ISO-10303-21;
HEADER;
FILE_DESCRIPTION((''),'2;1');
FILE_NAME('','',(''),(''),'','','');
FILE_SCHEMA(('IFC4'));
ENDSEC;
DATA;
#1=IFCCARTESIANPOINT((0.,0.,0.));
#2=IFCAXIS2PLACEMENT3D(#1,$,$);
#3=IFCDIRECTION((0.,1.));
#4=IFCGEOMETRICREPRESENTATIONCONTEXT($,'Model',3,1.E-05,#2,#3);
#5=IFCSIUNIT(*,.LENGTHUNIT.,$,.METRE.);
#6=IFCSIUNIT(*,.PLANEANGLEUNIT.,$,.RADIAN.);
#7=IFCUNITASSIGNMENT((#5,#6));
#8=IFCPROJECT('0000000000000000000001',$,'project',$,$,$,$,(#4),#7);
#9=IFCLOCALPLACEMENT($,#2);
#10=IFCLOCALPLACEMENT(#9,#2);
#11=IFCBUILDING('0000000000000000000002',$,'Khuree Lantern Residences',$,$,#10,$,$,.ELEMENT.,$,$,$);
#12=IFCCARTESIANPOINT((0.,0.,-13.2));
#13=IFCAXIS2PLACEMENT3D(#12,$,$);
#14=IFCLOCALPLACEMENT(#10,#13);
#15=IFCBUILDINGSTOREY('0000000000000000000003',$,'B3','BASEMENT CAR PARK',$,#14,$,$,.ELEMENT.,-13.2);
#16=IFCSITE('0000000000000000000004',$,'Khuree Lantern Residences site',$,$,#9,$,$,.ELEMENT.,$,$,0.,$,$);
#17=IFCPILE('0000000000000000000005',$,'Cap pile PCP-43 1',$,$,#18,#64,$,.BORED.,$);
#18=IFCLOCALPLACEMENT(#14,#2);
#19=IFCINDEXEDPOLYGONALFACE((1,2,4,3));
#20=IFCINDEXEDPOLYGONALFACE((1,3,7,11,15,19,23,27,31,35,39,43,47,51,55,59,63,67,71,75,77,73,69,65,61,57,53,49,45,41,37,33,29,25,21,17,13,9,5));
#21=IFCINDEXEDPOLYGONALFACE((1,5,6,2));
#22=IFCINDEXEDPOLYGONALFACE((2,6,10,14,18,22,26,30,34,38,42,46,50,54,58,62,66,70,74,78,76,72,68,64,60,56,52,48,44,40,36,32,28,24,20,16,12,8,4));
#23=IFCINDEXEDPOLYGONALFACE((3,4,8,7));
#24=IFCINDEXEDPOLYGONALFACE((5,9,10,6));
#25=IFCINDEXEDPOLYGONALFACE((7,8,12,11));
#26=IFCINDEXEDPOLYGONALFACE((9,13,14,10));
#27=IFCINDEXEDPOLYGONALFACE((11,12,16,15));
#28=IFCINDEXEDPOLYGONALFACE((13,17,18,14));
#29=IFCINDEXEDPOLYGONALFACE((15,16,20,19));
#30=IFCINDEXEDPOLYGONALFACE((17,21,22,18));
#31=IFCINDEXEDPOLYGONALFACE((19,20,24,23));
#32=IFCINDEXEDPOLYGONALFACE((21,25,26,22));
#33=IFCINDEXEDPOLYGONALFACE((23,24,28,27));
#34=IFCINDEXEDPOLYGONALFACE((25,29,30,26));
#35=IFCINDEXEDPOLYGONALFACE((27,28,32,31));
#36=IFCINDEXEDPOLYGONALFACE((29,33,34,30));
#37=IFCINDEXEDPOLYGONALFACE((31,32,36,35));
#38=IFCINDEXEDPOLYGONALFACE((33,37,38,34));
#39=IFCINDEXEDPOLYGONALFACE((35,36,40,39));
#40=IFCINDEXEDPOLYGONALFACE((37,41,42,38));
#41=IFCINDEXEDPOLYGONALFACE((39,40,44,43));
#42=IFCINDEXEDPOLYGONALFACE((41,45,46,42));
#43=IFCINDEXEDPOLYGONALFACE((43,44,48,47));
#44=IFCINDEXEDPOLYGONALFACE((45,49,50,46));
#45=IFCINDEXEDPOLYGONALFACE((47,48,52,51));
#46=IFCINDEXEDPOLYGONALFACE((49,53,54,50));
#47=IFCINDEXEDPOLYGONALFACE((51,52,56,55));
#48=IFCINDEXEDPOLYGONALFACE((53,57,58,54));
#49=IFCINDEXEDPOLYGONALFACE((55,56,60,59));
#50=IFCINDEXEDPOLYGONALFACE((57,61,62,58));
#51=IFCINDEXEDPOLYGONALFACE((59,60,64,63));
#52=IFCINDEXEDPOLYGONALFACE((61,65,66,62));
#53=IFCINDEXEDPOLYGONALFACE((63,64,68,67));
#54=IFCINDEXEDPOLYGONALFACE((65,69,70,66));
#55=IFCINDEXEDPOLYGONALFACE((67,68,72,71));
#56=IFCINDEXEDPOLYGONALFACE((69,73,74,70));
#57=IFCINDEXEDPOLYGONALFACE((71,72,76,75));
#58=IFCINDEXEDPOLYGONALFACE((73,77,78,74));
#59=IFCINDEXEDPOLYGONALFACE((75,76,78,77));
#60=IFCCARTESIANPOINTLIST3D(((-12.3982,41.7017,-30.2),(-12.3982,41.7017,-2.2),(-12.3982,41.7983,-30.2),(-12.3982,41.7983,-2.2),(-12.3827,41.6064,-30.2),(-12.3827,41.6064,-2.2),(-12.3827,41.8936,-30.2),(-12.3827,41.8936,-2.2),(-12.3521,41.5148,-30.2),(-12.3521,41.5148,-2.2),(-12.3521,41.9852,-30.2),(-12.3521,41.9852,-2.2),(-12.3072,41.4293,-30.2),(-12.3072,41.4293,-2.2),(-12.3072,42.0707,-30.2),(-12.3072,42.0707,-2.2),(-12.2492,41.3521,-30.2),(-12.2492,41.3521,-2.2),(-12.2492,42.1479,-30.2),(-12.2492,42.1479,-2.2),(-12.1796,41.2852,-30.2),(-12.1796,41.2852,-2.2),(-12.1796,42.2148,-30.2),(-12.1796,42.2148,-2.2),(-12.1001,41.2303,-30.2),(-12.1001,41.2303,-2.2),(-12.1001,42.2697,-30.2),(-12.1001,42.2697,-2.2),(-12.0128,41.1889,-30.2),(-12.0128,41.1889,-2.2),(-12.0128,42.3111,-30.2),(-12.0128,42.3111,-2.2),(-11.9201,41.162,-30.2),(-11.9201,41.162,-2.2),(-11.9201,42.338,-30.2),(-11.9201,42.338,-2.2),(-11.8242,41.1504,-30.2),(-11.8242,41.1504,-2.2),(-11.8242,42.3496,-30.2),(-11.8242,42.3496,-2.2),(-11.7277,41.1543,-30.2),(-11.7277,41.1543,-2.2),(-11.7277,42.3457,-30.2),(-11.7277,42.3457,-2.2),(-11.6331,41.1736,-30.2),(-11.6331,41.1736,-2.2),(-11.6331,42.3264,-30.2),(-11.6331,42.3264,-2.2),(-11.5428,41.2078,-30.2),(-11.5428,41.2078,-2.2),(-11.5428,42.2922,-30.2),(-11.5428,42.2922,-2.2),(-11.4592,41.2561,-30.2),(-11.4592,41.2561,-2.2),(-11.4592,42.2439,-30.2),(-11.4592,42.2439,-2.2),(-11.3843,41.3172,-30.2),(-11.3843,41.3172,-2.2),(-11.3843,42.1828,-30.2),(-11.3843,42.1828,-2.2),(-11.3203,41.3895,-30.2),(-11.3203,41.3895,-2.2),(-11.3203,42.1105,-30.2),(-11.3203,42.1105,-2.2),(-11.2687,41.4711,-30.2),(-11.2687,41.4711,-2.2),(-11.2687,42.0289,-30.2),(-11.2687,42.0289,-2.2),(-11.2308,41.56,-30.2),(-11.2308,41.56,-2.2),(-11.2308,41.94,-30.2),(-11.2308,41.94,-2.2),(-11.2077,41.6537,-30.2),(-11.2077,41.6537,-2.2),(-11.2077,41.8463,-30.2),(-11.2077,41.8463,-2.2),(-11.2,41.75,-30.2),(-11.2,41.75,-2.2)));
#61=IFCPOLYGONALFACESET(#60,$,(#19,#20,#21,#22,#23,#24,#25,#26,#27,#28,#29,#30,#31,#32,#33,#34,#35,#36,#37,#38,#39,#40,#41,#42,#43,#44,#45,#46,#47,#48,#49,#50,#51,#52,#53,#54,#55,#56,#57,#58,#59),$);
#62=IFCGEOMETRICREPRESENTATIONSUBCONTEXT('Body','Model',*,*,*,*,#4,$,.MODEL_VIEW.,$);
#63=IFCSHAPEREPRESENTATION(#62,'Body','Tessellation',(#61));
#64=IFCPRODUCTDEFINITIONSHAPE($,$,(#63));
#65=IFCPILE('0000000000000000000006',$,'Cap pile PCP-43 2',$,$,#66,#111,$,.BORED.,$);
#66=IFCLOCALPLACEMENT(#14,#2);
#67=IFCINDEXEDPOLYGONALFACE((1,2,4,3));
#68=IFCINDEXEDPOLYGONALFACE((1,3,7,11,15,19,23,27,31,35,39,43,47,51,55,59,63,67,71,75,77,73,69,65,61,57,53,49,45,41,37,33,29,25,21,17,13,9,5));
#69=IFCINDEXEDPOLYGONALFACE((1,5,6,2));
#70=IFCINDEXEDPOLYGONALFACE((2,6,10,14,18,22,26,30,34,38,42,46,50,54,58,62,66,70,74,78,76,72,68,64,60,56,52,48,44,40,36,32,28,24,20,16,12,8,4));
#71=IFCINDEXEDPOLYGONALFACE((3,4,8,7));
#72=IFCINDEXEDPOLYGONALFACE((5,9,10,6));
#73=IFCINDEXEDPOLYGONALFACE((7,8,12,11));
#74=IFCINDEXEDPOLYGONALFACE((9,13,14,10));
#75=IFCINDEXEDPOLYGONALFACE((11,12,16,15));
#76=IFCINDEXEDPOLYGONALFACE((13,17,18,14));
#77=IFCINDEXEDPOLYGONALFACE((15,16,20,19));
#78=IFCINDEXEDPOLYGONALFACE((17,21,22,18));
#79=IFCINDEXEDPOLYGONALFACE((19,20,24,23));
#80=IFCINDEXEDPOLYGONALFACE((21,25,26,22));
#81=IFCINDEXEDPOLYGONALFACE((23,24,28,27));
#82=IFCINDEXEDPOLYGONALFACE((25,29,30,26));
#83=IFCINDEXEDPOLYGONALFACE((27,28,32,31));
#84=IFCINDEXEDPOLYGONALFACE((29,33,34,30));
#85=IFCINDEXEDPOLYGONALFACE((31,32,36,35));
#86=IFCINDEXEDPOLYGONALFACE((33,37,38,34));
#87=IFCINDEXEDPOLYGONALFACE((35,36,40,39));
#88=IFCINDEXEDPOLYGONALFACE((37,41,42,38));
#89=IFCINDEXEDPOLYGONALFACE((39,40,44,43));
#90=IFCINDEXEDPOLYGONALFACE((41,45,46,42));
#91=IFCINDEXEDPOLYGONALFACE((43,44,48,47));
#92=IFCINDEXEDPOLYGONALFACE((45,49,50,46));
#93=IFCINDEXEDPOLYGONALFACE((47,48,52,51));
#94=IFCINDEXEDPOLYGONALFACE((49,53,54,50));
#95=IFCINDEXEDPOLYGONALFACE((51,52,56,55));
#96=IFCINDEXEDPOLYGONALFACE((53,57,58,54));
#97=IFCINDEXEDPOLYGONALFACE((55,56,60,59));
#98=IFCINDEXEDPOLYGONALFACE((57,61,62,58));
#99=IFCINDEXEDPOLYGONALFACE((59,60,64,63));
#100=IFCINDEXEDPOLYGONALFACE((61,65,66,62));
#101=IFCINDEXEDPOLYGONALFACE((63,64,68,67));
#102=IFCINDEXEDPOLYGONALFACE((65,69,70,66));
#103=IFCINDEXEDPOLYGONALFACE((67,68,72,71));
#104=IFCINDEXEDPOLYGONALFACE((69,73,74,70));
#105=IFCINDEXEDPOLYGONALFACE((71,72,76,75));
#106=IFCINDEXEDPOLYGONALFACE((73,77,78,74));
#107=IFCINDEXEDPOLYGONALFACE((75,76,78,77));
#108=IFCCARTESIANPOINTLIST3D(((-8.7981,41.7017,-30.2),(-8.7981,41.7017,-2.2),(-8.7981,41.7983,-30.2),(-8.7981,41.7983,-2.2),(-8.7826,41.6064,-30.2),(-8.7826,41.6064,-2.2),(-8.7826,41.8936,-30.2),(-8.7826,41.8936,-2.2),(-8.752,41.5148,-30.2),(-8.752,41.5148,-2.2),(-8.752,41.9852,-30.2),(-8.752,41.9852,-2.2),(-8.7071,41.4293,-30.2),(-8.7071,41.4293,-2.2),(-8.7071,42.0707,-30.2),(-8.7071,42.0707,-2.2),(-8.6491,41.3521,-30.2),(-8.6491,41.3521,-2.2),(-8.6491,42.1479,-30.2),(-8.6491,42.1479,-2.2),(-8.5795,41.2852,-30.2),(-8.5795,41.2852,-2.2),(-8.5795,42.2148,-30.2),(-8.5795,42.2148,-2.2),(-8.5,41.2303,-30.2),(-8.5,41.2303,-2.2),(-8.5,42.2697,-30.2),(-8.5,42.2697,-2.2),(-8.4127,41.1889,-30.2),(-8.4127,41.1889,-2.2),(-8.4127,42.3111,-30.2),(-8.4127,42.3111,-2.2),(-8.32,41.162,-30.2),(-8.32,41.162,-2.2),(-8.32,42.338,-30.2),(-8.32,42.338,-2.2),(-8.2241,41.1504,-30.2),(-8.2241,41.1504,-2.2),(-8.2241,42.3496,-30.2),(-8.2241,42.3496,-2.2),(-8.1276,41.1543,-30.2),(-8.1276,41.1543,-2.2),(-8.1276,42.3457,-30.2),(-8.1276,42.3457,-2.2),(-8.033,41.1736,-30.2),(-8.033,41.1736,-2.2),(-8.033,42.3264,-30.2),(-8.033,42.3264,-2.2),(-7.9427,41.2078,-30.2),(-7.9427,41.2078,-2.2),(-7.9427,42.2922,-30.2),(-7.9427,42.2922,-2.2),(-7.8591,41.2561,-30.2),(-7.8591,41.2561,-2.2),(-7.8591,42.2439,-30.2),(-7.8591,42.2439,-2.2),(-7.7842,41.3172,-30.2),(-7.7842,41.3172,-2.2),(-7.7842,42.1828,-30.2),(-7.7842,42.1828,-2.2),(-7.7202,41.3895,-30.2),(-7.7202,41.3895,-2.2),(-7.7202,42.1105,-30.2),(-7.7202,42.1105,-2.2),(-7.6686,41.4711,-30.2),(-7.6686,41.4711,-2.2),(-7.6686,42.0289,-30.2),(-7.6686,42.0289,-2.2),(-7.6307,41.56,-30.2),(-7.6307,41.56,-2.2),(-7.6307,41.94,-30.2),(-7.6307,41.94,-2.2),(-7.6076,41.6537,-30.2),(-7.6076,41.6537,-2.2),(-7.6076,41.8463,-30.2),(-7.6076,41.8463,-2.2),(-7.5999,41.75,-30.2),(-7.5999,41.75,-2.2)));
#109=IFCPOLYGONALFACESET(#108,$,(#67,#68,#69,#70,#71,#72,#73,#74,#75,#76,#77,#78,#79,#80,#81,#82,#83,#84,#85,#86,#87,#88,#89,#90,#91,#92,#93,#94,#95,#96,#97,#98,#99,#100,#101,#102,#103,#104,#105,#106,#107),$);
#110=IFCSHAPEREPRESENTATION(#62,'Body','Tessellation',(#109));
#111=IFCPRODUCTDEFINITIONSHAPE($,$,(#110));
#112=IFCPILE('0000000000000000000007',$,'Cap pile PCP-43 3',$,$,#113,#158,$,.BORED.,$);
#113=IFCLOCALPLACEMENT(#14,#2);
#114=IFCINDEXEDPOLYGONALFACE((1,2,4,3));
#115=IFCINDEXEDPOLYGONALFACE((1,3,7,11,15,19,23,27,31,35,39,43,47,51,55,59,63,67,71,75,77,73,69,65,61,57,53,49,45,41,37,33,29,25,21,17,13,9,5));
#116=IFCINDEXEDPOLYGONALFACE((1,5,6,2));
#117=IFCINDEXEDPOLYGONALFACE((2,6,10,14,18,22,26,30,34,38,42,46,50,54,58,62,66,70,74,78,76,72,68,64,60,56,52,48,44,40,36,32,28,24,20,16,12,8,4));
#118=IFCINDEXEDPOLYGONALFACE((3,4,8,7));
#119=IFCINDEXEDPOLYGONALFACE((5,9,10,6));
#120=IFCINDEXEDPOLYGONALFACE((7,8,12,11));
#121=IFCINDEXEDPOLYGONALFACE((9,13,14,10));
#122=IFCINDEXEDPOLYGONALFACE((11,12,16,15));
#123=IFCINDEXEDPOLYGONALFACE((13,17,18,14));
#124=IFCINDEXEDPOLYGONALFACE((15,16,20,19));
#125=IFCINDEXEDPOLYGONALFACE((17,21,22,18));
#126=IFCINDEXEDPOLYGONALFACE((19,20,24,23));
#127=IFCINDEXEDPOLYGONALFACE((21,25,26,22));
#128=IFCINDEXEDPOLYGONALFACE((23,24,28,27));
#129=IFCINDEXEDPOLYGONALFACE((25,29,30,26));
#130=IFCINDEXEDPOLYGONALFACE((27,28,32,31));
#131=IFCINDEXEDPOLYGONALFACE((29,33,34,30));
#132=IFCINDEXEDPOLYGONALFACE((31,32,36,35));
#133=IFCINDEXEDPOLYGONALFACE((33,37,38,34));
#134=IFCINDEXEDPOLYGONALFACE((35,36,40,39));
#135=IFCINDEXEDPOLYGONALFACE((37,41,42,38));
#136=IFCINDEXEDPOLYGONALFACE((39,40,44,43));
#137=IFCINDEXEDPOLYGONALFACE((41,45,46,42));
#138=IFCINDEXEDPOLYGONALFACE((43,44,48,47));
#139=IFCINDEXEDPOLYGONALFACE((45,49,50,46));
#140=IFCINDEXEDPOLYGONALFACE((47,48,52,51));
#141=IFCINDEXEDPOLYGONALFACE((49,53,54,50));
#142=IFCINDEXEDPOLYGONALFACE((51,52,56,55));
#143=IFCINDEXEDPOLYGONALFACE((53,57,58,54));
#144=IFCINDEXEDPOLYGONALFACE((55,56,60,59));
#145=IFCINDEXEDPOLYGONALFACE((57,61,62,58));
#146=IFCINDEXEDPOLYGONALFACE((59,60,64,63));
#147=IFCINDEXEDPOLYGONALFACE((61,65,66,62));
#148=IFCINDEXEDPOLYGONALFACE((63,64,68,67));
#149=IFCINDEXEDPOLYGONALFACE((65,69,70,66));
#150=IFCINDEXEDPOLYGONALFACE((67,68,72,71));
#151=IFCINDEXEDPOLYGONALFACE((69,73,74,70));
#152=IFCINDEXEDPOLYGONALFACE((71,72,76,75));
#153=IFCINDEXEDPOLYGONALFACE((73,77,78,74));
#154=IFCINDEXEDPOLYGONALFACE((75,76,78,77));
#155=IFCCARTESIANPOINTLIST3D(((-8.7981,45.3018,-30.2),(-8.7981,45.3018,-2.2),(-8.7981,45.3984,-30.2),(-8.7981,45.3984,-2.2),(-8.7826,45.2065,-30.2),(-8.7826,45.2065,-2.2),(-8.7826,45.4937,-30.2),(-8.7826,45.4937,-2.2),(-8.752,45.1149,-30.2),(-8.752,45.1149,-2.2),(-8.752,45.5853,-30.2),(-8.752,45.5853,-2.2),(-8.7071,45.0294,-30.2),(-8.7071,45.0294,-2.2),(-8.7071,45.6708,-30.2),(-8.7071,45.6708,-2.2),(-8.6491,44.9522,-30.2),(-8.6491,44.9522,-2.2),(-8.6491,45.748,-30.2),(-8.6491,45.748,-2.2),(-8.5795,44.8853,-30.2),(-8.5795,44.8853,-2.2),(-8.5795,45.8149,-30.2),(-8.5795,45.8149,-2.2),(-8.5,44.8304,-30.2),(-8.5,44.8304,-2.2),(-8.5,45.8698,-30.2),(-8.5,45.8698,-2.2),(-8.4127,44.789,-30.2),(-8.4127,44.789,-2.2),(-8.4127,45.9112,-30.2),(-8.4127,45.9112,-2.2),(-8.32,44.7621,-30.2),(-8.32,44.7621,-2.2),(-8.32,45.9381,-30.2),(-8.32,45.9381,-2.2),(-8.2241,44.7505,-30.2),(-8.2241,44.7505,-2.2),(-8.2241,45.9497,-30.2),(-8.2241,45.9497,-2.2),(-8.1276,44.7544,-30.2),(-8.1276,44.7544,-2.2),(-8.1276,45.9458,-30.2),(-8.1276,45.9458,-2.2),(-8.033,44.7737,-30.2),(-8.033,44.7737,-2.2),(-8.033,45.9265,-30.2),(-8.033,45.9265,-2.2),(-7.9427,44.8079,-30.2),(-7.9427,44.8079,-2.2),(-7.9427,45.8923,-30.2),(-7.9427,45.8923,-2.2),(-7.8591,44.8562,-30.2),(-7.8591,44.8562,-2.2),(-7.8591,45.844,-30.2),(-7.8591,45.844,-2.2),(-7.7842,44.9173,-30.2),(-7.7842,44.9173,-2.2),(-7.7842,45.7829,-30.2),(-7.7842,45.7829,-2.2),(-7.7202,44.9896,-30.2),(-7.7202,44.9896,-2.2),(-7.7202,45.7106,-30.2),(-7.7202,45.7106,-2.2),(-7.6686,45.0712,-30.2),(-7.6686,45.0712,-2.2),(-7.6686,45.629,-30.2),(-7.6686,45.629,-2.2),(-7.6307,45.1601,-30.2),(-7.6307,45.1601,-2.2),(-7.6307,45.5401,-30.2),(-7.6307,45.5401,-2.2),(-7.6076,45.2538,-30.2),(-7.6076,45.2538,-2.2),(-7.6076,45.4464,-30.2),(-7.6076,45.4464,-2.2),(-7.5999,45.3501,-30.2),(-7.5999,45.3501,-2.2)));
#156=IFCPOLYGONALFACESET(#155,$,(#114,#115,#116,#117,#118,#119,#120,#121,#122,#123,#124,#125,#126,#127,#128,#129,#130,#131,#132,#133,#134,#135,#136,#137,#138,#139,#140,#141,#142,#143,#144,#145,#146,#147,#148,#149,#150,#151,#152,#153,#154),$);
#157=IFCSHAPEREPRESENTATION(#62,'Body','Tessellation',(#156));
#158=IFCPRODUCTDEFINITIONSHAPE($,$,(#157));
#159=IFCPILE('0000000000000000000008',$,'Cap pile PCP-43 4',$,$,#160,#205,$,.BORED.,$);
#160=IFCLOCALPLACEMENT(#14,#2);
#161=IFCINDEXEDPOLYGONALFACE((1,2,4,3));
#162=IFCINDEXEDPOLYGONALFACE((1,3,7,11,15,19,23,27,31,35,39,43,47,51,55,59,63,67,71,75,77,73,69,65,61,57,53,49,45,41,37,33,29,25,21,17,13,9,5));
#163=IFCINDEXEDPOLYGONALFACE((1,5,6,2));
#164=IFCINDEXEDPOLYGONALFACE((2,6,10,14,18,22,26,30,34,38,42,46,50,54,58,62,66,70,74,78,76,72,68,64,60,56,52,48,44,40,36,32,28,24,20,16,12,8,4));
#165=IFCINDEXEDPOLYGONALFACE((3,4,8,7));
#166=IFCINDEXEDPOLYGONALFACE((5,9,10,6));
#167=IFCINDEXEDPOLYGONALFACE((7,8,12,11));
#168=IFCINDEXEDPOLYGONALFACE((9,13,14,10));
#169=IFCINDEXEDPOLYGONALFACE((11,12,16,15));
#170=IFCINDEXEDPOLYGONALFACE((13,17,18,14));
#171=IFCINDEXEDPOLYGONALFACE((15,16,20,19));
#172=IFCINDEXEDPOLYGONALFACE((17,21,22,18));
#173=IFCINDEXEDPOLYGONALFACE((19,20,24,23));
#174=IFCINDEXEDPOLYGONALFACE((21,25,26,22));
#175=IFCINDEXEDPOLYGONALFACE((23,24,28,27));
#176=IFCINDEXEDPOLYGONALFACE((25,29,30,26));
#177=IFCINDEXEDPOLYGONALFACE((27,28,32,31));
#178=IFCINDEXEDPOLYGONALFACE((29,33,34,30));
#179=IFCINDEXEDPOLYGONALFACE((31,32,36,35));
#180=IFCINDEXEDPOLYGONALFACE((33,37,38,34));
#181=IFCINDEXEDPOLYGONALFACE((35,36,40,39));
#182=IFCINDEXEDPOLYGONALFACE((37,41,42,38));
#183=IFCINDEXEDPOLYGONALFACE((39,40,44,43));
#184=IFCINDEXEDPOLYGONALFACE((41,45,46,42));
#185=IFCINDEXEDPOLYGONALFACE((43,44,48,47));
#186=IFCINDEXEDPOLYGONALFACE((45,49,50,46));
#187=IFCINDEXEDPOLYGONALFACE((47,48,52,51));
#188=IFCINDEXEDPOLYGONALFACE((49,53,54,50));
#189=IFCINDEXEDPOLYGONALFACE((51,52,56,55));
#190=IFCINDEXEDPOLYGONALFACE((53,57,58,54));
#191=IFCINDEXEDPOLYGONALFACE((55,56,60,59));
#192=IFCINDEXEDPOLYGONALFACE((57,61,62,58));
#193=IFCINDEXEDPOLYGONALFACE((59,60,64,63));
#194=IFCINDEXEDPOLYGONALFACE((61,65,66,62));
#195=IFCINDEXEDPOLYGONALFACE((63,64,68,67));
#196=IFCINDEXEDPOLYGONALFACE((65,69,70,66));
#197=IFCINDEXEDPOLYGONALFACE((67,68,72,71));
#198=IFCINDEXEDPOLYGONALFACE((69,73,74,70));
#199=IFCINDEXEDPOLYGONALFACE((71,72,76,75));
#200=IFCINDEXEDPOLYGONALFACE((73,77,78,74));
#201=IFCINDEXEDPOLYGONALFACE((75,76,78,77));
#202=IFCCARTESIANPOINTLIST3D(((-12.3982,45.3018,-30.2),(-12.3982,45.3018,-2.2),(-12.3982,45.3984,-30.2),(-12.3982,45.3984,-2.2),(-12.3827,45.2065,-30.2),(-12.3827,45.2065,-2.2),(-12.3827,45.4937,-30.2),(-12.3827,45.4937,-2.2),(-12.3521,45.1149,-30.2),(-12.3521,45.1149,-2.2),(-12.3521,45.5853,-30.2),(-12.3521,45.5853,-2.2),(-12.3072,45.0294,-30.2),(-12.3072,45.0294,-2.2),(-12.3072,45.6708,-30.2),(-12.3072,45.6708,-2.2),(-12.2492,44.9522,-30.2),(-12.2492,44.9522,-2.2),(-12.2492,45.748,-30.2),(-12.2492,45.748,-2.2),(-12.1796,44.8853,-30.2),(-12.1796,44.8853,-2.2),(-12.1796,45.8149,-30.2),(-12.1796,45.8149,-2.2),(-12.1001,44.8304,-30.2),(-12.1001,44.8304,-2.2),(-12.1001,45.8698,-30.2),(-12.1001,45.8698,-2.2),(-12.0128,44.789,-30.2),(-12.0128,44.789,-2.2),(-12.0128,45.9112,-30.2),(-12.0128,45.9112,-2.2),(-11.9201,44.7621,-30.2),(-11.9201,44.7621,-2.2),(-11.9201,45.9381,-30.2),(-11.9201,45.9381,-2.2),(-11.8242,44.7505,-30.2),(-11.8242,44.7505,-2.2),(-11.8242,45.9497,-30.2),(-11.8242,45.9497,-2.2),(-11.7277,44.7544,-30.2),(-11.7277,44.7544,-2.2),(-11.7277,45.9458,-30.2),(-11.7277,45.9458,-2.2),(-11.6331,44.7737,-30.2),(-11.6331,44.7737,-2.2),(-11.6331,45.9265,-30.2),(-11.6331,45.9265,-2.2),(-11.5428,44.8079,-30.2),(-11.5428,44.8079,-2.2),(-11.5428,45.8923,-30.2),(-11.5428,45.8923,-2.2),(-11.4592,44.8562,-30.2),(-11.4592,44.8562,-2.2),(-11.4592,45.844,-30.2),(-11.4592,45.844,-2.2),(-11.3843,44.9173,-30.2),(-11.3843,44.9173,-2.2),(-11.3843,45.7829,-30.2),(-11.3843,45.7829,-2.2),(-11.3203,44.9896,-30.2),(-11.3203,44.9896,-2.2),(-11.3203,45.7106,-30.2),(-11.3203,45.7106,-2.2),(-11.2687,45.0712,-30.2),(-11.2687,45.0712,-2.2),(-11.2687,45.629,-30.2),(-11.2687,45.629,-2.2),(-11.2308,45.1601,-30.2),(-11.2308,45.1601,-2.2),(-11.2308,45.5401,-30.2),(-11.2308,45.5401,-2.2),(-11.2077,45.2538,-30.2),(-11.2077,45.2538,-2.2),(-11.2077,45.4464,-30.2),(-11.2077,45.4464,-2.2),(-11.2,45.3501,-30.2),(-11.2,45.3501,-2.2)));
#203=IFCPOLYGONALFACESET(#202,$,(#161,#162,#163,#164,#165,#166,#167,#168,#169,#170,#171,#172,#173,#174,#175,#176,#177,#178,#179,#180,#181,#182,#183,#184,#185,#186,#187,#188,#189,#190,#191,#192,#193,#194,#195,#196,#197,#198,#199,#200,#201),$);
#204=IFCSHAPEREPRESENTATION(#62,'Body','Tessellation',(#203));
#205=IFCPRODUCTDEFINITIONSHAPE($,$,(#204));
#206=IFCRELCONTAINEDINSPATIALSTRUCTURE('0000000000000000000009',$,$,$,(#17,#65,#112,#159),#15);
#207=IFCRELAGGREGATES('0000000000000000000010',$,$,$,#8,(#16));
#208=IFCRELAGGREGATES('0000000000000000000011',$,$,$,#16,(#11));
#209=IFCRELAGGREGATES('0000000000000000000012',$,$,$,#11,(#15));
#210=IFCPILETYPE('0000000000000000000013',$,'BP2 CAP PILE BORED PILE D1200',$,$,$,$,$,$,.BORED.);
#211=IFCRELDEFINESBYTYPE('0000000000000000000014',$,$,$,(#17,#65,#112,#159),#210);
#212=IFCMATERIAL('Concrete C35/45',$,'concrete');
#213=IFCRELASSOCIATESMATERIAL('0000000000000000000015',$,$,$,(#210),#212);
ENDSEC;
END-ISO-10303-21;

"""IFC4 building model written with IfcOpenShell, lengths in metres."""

from ifc_helpers import new_model, si_unit, direction, frame, origin, origin_2d, place, context, subcontext, project, spatial, circle, extrude, material, material_profile, profile_set, type_object, element, save


model = new_model("IFC4")

# Units and contexts
model_context = context("Model", 3, precision=1e-05, world=origin(), true_north=direction((0.0, 1.0)))
body_context = subcontext(model_context, "Body", "Model", "MODEL_VIEW")
ifc_project = project(units=[si_unit("LENGTHUNIT", "METRE"), si_unit("PLANEANGLEUNIT", "RADIAN")], contexts=[model_context])

# Site, building, storey
site_placement = place(None, origin())
site = spatial("IfcSite", under=ifc_project, at=site_placement, Name="Khuree Lantern Residences site", CompositionType="ELEMENT", RefElevation=0.0)
building_placement = place(site_placement, origin())
building = spatial("IfcBuilding", under=site, at=building_placement, Name="Khuree Lantern Residences", CompositionType="ELEMENT")
storey_placement = place(building_placement, frame((0.0, 0.0, -13.2)))
storey = spatial("IfcBuildingStorey", under=building, at=storey_placement, Name="B3", Description="BASEMENT CAR PARK", CompositionType="ELEMENT", Elevation=-13.2)

# Piles
ifc_material_1 = material(Name="Concrete C35/45", Category="concrete")
ifc_material_profile_1 = material_profile(ifc_material_1, circle(Radius=0.6001, at=origin_2d()), Name="BORED PILE D1200")
ifc_profile_set_1 = profile_set([ifc_material_profile_1], Name="Concrete C35/45")
pile_type_1 = type_object("IfcPileType", Name="BP2 CAP PILE BORED PILE D1200", PredefinedType="BORED", material=ifc_profile_set_1)
for number, where, z_axis, x_axis, name in (
    (1, (-11.8, 41.75, -2.2), (0.0, 0.0, -1.0), (1.0, 0.0, 0.0), "Cap pile PCP-43 1"),
    (2, (-8.2, 41.75, -2.2), (0.0, 0.0, -1.0), (1.0, 0.0, 0.0), "Cap pile PCP-43 2"),
    (3, (-8.2, 45.3501, -2.2), (0.0, 0.0, -1.0), (1.0, 0.0, 0.0), "Cap pile PCP-43 3"),
    (4, (-11.8, 45.3501, -2.2), (0.0, 0.0, -1.0), (1.0, 0.0, 0.0), "Cap pile PCP-43 4"),
):
    element("IfcPile", number, at=place(storey_placement, frame(where, z_axis=z_axis, x_axis=x_axis)), inside=storey, type_object=pile_type_1, Name=name, PredefinedType="BORED", context=body_context, shape_type="SweptSolid", body=[
        extrude(circle(Radius=0.6001, at=origin_2d()), origin(), (0.0, 0.0, 1.0), 28.0),
    ])

save(model, "model.ifc")
